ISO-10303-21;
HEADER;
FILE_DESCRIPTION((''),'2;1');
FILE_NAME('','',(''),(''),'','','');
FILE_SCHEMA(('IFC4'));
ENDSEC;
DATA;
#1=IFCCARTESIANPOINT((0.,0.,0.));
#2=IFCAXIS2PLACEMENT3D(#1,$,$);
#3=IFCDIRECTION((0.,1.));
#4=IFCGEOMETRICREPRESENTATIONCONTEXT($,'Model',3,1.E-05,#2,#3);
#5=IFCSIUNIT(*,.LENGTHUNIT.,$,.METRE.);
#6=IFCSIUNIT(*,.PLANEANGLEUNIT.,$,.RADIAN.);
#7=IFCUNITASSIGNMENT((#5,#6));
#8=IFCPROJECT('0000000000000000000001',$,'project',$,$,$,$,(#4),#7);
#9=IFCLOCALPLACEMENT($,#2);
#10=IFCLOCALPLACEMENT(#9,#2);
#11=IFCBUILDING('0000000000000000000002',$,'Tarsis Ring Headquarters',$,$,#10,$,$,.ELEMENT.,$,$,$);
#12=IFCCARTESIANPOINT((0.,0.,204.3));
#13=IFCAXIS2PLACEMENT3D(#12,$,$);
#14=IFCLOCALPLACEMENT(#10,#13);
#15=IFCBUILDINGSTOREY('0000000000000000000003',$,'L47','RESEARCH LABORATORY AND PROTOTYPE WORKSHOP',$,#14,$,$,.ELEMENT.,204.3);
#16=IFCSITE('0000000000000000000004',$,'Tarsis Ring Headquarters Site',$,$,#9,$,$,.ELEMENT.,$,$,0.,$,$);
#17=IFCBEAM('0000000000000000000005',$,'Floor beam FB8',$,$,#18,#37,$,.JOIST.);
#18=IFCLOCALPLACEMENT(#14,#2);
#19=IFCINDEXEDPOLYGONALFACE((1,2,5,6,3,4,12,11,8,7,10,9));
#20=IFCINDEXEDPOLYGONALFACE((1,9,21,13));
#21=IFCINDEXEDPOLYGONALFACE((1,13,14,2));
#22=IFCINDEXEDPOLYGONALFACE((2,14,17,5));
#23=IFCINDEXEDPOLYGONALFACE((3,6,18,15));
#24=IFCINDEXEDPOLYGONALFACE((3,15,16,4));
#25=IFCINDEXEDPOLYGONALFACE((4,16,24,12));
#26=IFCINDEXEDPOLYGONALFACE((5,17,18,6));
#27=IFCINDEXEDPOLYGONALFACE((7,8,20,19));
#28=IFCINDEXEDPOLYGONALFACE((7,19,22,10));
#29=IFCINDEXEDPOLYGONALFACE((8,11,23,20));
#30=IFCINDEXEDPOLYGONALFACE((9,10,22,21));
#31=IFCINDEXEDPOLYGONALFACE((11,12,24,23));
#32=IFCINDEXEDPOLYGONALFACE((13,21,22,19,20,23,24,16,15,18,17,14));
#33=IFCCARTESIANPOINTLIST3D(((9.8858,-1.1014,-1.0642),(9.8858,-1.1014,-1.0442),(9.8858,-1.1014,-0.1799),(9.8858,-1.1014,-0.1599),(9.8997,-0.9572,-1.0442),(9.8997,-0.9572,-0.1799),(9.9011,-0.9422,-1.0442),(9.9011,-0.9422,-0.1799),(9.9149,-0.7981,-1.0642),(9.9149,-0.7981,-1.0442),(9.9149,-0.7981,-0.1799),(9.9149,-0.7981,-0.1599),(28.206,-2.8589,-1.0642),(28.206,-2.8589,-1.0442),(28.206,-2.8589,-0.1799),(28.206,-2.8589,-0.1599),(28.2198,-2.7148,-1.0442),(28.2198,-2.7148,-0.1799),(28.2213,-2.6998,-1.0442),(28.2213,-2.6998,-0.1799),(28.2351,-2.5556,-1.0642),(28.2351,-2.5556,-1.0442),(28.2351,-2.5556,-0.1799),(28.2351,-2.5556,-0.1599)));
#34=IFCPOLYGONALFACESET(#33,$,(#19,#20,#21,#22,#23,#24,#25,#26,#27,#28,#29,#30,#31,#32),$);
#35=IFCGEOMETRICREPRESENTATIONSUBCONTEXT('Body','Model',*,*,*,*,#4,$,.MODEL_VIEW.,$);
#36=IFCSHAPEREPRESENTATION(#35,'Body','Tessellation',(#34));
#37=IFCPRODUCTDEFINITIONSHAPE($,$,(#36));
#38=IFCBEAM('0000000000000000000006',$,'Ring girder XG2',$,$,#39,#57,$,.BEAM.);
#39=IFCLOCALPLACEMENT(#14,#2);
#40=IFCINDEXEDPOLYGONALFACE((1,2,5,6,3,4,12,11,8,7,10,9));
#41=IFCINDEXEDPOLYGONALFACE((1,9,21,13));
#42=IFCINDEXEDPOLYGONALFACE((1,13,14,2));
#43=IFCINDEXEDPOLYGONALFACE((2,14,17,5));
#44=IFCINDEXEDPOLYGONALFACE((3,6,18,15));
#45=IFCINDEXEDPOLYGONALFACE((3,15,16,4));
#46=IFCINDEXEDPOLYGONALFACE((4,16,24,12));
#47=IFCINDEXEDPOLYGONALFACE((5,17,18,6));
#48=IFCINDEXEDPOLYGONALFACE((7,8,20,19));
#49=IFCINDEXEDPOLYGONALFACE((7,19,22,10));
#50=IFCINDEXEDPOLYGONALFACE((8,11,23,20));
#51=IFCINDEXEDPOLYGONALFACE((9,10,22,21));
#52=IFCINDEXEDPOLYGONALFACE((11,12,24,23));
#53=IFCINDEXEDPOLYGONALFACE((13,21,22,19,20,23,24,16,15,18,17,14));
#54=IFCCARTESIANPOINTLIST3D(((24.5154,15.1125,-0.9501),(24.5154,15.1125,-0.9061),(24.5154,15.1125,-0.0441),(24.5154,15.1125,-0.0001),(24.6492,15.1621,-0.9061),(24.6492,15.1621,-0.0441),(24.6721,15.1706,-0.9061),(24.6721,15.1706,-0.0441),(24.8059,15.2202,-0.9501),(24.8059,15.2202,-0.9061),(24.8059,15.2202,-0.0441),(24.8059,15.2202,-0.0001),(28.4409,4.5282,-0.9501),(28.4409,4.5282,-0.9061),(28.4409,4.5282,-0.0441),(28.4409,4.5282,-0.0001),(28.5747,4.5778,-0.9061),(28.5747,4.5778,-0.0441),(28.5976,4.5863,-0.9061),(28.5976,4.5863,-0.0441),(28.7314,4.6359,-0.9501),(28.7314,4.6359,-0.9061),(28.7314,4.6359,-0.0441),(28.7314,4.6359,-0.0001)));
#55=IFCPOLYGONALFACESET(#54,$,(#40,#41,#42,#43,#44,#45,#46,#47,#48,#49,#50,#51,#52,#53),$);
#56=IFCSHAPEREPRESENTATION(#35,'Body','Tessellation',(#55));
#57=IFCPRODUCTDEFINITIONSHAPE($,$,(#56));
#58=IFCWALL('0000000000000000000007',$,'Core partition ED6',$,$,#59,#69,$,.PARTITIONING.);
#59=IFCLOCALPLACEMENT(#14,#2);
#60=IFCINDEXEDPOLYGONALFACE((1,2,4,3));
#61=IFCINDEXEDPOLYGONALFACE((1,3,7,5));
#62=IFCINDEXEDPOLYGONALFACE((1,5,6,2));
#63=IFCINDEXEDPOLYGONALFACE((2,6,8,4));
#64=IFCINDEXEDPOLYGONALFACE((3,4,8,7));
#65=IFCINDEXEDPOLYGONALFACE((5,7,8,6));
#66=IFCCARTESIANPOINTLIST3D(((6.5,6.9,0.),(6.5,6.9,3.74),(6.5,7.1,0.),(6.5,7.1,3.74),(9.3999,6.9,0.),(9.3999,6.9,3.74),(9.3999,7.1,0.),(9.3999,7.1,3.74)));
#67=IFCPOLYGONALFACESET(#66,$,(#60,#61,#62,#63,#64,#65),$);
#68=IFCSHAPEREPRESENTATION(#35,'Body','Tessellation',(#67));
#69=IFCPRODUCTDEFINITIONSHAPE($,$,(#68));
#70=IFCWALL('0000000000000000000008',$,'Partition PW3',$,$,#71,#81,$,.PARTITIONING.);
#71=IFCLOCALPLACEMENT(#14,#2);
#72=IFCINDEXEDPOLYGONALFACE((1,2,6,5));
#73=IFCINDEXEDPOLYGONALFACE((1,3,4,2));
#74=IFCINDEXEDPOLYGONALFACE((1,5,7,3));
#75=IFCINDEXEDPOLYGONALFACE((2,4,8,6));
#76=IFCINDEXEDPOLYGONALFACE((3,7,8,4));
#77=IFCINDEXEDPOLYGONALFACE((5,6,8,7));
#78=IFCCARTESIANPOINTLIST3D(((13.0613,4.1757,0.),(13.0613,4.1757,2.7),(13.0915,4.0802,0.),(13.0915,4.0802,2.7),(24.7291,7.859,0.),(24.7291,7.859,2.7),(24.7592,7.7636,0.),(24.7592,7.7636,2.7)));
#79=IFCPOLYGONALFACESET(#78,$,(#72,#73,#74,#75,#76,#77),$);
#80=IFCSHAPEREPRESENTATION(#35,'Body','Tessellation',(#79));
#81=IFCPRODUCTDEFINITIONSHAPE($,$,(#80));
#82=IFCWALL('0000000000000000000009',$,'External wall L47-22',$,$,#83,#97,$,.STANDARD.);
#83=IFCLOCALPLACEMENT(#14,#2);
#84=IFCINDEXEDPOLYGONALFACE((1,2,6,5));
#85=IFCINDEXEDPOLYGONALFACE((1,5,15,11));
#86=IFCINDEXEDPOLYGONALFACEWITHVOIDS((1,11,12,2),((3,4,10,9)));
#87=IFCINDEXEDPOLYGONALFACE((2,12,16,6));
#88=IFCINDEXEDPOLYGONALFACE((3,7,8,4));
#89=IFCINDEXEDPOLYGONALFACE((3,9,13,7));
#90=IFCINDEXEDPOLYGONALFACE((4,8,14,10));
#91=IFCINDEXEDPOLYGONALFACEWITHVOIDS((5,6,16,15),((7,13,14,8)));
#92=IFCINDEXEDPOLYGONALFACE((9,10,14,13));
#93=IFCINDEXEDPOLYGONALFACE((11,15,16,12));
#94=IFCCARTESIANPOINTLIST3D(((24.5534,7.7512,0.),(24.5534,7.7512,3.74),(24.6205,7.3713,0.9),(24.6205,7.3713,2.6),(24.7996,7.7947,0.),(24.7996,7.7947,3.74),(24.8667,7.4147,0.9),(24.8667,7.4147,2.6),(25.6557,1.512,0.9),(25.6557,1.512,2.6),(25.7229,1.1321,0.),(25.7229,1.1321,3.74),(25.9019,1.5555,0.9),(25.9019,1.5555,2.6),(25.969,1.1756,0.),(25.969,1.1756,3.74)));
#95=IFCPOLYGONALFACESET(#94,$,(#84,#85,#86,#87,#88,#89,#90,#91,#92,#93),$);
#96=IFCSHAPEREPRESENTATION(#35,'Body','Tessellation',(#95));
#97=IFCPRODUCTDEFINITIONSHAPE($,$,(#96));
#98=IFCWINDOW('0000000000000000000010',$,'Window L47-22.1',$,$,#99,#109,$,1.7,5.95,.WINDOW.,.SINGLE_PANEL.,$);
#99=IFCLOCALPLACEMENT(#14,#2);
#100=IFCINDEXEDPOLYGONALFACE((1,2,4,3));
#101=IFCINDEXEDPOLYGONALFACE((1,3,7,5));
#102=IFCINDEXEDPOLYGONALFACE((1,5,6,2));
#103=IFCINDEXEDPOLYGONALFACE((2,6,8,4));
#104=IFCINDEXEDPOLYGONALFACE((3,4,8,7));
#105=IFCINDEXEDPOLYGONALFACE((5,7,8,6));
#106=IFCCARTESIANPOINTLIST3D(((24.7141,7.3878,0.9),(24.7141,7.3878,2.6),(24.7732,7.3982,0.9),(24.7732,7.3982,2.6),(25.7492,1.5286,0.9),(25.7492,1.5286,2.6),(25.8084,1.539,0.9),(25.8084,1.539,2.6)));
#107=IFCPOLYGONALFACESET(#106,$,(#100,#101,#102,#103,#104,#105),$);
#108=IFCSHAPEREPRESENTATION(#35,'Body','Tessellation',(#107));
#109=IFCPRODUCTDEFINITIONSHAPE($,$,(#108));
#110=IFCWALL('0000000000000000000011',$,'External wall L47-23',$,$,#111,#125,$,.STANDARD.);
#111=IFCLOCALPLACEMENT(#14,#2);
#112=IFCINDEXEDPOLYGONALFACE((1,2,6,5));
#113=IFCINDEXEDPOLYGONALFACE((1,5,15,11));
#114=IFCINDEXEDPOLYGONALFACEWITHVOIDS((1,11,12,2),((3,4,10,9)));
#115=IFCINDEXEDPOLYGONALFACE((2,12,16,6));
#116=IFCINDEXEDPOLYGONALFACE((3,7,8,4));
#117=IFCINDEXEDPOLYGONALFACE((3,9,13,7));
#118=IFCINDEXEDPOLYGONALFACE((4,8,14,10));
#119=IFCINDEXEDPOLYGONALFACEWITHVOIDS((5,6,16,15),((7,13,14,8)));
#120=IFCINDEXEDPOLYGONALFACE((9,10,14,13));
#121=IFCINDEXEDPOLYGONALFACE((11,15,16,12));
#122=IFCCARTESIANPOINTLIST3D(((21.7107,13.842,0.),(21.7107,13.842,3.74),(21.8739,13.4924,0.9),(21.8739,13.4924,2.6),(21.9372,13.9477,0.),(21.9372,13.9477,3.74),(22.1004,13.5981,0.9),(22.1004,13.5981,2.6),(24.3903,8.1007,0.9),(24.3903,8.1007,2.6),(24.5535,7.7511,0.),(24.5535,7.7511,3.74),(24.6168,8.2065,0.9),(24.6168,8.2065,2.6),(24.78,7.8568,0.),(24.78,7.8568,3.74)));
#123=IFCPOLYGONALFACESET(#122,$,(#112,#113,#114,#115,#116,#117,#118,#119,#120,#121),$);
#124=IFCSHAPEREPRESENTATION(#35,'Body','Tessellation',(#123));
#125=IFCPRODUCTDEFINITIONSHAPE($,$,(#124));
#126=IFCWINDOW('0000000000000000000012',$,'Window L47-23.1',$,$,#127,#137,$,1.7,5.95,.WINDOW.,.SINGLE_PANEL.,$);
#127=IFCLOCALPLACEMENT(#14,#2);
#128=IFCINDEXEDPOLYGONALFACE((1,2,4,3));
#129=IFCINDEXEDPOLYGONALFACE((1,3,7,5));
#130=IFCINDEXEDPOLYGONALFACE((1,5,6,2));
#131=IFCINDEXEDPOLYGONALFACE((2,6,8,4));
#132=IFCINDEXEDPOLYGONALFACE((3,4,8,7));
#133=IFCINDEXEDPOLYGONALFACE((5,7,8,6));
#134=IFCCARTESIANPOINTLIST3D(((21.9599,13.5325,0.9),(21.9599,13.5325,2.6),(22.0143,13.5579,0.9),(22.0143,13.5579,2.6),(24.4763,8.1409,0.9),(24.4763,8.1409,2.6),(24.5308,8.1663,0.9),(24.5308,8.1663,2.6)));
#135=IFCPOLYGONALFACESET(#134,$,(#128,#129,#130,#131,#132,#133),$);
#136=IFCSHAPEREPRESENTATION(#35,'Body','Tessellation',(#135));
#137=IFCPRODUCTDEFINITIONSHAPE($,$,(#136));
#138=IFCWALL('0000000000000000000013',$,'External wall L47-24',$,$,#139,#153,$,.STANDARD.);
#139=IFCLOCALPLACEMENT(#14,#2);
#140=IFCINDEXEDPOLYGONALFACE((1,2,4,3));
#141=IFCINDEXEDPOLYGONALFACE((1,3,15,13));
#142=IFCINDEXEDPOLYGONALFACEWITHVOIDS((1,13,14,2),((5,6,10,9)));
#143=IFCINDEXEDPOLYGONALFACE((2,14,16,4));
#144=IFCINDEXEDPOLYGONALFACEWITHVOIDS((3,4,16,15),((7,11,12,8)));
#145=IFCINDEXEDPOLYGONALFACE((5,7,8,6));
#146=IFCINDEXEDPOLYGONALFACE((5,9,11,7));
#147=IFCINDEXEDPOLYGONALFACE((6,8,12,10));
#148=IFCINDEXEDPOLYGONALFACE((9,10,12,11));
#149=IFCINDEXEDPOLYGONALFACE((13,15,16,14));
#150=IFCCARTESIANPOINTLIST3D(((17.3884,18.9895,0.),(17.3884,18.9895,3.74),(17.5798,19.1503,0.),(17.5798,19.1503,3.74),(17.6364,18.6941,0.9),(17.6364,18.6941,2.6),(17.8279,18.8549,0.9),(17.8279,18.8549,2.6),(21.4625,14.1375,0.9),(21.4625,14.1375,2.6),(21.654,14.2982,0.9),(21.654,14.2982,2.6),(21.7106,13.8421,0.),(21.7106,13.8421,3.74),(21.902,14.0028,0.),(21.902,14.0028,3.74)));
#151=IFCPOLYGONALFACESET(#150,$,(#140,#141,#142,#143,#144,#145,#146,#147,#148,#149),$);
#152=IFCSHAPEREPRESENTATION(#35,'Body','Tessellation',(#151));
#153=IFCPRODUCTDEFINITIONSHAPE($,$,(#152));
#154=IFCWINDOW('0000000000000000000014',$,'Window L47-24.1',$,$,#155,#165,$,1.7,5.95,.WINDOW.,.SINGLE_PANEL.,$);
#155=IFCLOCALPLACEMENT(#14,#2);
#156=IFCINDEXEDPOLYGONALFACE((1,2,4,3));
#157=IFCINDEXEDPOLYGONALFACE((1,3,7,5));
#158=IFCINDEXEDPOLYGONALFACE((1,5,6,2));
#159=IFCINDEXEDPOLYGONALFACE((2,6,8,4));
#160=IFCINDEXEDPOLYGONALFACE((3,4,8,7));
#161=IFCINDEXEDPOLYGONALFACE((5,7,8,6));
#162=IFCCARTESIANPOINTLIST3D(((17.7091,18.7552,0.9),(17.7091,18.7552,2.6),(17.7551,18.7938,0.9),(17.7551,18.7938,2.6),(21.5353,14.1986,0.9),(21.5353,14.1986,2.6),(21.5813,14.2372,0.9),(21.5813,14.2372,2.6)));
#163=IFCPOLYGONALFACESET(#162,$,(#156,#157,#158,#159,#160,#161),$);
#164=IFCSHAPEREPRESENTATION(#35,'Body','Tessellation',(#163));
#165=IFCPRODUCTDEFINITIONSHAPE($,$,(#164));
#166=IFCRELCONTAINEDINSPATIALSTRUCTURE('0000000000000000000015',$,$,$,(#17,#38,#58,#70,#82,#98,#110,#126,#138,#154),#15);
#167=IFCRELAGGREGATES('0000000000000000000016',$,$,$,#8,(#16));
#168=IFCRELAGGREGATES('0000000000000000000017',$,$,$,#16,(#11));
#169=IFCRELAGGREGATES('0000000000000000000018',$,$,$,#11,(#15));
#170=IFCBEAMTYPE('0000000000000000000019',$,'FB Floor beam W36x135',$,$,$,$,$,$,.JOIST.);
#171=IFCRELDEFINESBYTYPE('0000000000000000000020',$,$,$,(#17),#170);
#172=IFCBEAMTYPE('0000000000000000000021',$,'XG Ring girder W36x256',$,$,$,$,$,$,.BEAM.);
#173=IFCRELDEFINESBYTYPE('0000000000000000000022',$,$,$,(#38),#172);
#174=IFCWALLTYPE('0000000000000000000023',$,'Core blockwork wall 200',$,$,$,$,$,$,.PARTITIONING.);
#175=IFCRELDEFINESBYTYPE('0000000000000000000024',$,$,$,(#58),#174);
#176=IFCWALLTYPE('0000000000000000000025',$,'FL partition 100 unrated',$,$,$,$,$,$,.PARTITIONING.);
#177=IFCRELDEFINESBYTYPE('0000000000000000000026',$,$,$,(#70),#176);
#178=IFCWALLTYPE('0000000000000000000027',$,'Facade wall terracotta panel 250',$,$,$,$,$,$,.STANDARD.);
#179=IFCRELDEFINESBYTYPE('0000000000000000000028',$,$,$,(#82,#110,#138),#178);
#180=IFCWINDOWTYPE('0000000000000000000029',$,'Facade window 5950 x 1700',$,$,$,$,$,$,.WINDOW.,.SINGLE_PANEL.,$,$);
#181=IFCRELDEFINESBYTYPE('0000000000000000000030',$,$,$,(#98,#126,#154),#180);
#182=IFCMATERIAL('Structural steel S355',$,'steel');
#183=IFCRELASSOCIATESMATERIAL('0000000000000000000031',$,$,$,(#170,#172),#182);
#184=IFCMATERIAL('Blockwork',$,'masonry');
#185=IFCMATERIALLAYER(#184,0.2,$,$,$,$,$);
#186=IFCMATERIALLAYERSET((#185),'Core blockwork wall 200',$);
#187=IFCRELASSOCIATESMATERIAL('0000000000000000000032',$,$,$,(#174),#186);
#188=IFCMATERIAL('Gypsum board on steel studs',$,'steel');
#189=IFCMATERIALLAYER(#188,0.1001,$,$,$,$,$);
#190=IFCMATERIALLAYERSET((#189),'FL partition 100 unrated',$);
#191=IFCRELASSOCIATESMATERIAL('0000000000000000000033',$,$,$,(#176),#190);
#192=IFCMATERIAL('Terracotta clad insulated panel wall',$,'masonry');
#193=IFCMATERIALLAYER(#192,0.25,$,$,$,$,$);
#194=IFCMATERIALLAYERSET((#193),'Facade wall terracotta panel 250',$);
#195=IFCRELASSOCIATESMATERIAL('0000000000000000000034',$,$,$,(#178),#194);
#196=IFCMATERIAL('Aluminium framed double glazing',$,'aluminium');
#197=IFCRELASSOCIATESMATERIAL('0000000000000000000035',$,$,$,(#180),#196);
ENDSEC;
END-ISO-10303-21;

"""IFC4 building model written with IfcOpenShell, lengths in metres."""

from ifc_helpers import new_model, si_unit, direction, frame, frame_2d, origin, origin_2d, place, context, subcontext, project, spatial, rectangle, i_section, extrude, material, layer, layer_set, material_profile, profile_set, type_object, element, fill, save


model = new_model("IFC4")

# Units and contexts
model_context = context("Model", 3, precision=1e-05, world=origin(), true_north=direction((0.0, 1.0)))
body_context = subcontext(model_context, "Body", "Model", "MODEL_VIEW")
ifc_project = project(units=[si_unit("LENGTHUNIT", "METRE"), si_unit("PLANEANGLEUNIT", "RADIAN")], contexts=[model_context])

# Site, building, storey
site_placement = place(None, origin())
site = spatial("IfcSite", under=ifc_project, at=site_placement, Name="Tarsis Ring Headquarters Site", CompositionType="ELEMENT", RefElevation=0.0)
building_placement = place(site_placement, origin())
building = spatial("IfcBuilding", under=site, at=building_placement, Name="Tarsis Ring Headquarters", CompositionType="ELEMENT")
storey_placement = place(building_placement, frame((0.0, 0.0, 204.3)))
storey = spatial("IfcBuildingStorey", under=building, at=storey_placement, Name="L47", Description="RESEARCH LABORATORY AND PROTOTYPE WORKSHOP", CompositionType="ELEMENT", Elevation=204.3)

# Shared definitions
ifc_material_1 = material(Name="Structural steel S355", Category="steel")

# Beams
ifc_material_profile_1 = material_profile(ifc_material_1, i_section(OverallWidth=0.3047, OverallDepth=0.9043, WebThickness=0.0151, FlangeThickness=0.02, at=origin_2d()), Name="W36x135")
ifc_profile_set_1 = profile_set([ifc_material_profile_1], Name="Structural steel S355")
beam_type_1 = type_object("IfcBeamType", Name="FB Floor beam W36x135", PredefinedType="JOIST", material=ifc_profile_set_1)
beam_1_placement = place(storey_placement, frame((9.9004, -0.9497, -0.6121), z_axis=(0.99543, -0.095498, 0.0), x_axis=(0.095498, 0.99543, 0.0)))
element("IfcBeam", 1, at=beam_1_placement, inside=storey, type_object=beam_type_1, Name="Floor beam FB8", PredefinedType="JOIST", context=body_context, shape_type="SweptSolid", body=[
    extrude(i_section(OverallWidth=0.3047, OverallDepth=0.9043, WebThickness=0.0151, FlangeThickness=0.02, at=origin_2d()), origin(), (0.0, 0.0, 1.0), 18.4043),
])
ifc_material_profile_2 = material_profile(ifc_material_1, i_section(OverallWidth=0.3098, OverallDepth=0.95, WebThickness=0.0244, FlangeThickness=0.0439, at=origin_2d()), Name="W36x256")
ifc_profile_set_2 = profile_set([ifc_material_profile_2], Name="Structural steel S355")
beam_type_2 = type_object("IfcBeamType", Name="XG Ring girder W36x256", PredefinedType="BEAM", material=ifc_profile_set_2)
beam_2_placement = place(storey_placement, frame((28.5862, 4.582, -0.4751), z_axis=(-0.347739, 0.937591, 0.0), x_axis=(-0.937591, -0.347739, 0.0)))
element("IfcBeam", 2, at=beam_2_placement, inside=storey, type_object=beam_type_2, Name="Ring girder XG2", PredefinedType="BEAM", context=body_context, shape_type="SweptSolid", body=[
    extrude(i_section(OverallWidth=0.3098, OverallDepth=0.95, WebThickness=0.0244, FlangeThickness=0.0439, at=origin_2d()), origin(), (0.0, 0.0, 1.0), 11.2888),
])

# Walls
ifc_material_2 = material(Name="Blockwork", Category="masonry")
ifc_layer_1 = layer(ifc_material_2, 0.2)
ifc_layer_set_1 = layer_set([ifc_layer_1], Name="Core blockwork wall 200")
wall_type_1 = type_object("IfcWallType", Name="Core blockwork wall 200", PredefinedType="PARTITIONING", material=ifc_layer_set_1)
wall_1_placement = place(storey_placement, frame((6.5, 7.0, 0.0), z_axis=(0.0, 0.0, 1.0), x_axis=(1.0, 0.0, 0.0)))
element("IfcWall", 3, at=wall_1_placement, inside=storey, type_object=wall_type_1, Name="Core partition ED6", PredefinedType="PARTITIONING", context=body_context, shape_type="SweptSolid", body=[
    extrude(rectangle(XDim=2.8999, YDim=0.2, at=frame_2d((1.45, 0.0))), origin(), (0.0, 0.0, 1.0), 3.74),
])
ifc_material_3 = material(Name="Gypsum board on steel studs", Category="steel")
ifc_layer_2 = layer(ifc_material_3, 0.1001)
ifc_layer_set_2 = layer_set([ifc_layer_2], Name="FL partition 100 unrated")
wall_type_2 = type_object("IfcWallType", Name="FL partition 100 unrated", PredefinedType="PARTITIONING", material=ifc_layer_set_2)
wall_2_placement = place(storey_placement, frame((13.0764, 4.1279, 0.0), z_axis=(0.0, 0.0, 1.0), x_axis=(0.953611, 0.301043, 0.0)))
element("IfcWall", 4, at=wall_2_placement, inside=storey, type_object=wall_type_2, Name="Partition PW3", PredefinedType="PARTITIONING", context=body_context, shape_type="SweptSolid", body=[
    extrude(rectangle(XDim=12.2354, YDim=0.1001, at=frame_2d((6.1177, 0.0))), origin(), (0.0, 0.0, 1.0), 2.7),
])

# Walls, openings, windows
ifc_material_4 = material(Name="Terracotta clad insulated panel wall", Category="masonry")
ifc_layer_3 = layer(ifc_material_4, 0.25)
ifc_layer_set_3 = layer_set([ifc_layer_3], Name="Facade wall terracotta panel 250")
wall_type_3 = type_object("IfcWallType", Name="Facade wall terracotta panel 250", PredefinedType="STANDARD", material=ifc_layer_set_3)
wall_3_placement = place(storey_placement, frame((25.8459, 1.1538, 0.0), z_axis=(0.0, 0.0, 1.0), x_axis=(-0.17398, 0.984749, 0.0)))
wall_3 = element("IfcWall", 5, at=wall_3_placement, inside=storey, type_object=wall_type_3, Name="External wall L47-22", PredefinedType="STANDARD", context=body_context, shape_type="SweptSolid", body=[
    extrude(rectangle(XDim=6.7217, YDim=0.25, at=frame_2d((3.3608, 0.0))), origin(), (0.0, 0.0, 1.0), 3.74),
])
opening_1_placement = place(wall_3_placement, frame((0.3857, 0.0, 0.8999)))
opening_1 = element("IfcOpeningElement", 6, at=opening_1_placement, cuts=wall_3, PredefinedType="OPENING", context=body_context, shape_type="SweptSolid", body=[
    extrude(rectangle(XDim=5.95, YDim=1.7, at=frame_2d((2.9751, 0.8501))), frame((0.0, 0.135, 0.0), z_axis=(0.0, -1.0, 0.0), x_axis=(1.0, 0.0, 0.0)), (0.0, 0.0, 1.0), 0.27),
])
ifc_material_5 = material(Name="Aluminium framed double glazing", Category="aluminium")
window_type = type_object("IfcWindowType", Name="Facade window 5950 x 1700", PartitioningType="SINGLE_PANEL", PredefinedType="WINDOW", material=ifc_material_5)
window_1_placement = place(opening_1_placement, origin())
window_1 = element("IfcWindow", 7, at=window_1_placement, inside=storey, type_object=window_type, Name="Window L47-22.1", OverallHeight=1.7, OverallWidth=5.95, PartitioningType="SINGLE_PANEL", PredefinedType="WINDOW", context=body_context, shape_type="SweptSolid", body=[
    extrude(rectangle(XDim=5.95, YDim=1.7, at=frame_2d((2.9751, 0.8501))), frame((0.0, 0.03, 0.0), z_axis=(0.0, -1.0, 0.0), x_axis=(1.0, 0.0, 0.0)), (0.0, 0.0, 1.0), 0.0601),
])
fill(opening_1, window_1)
wall_4_placement = place(storey_placement, frame((24.6667, 7.804, 0.0), z_axis=(0.0, 0.0, 1.0), x_axis=(-0.422933, 0.906161, 0.0)))
wall_4 = element("IfcWall", 8, at=wall_4_placement, inside=storey, type_object=wall_type_3, Name="External wall L47-23", PredefinedType="STANDARD", context=body_context, shape_type="SweptSolid", body=[
    extrude(rectangle(XDim=6.7217, YDim=0.25, at=frame_2d((3.3608, 0.0))), origin(), (0.0, 0.0, 1.0), 3.74),
])
opening_2_placement = place(wall_4_placement, frame((0.3857, 0.0, 0.8999)))
opening_2 = element("IfcOpeningElement", 9, at=opening_2_placement, cuts=wall_4, PredefinedType="OPENING", context=body_context, shape_type="SweptSolid", body=[
    extrude(rectangle(XDim=5.95, YDim=1.7, at=frame_2d((2.9751, 0.8501))), frame((0.0, 0.135, 0.0), z_axis=(0.0, -1.0, 0.0), x_axis=(1.0, 0.0, 0.0)), (0.0, 0.0, 1.0), 0.27),
])
window_2_placement = place(opening_2_placement, origin())
window_2 = element("IfcWindow", 10, at=window_2_placement, inside=storey, type_object=window_type, Name="Window L47-23.1", OverallHeight=1.7, OverallWidth=5.95, PartitioningType="SINGLE_PANEL", PredefinedType="WINDOW", context=body_context, shape_type="SweptSolid", body=[
    extrude(rectangle(XDim=5.95, YDim=1.7, at=frame_2d((2.9751, 0.8501))), frame((0.0, 0.03, 0.0), z_axis=(0.0, -1.0, 0.0), x_axis=(1.0, 0.0, 0.0)), (0.0, 0.0, 1.0), 0.0601),
])
fill(opening_2, window_2)
wall_5_placement = place(storey_placement, frame((21.8064, 13.9224, 0.0), z_axis=(0.0, 0.0, 1.0), x_axis=(-0.643052, 0.765822, 0.0)))
wall_5 = element("IfcWall", 11, at=wall_5_placement, inside=storey, type_object=wall_type_3, Name="External wall L47-24", PredefinedType="STANDARD", context=body_context, shape_type="SweptSolid", body=[
    extrude(rectangle(XDim=6.7214, YDim=0.25, at=frame_2d((3.3608, 0.0))), origin(), (0.0, 0.0, 1.0), 3.74),
])
opening_3_placement = place(wall_5_placement, frame((0.3857, 0.0, 0.8999)))
opening_3 = element("IfcOpeningElement", 12, at=opening_3_placement, cuts=wall_5, PredefinedType="OPENING", context=body_context, shape_type="SweptSolid", body=[
    extrude(rectangle(XDim=5.95, YDim=1.7, at=frame_2d((2.9751, 0.8501))), frame((0.0, 0.135, 0.0), z_axis=(0.0, -1.0, 0.0), x_axis=(1.0, 0.0, 0.0)), (0.0, 0.0, 1.0), 0.27),
])
window_3_placement = place(opening_3_placement, origin())
window_3 = element("IfcWindow", 13, at=window_3_placement, inside=storey, type_object=window_type, Name="Window L47-24.1", OverallHeight=1.7, OverallWidth=5.95, PartitioningType="SINGLE_PANEL", PredefinedType="WINDOW", context=body_context, shape_type="SweptSolid", body=[
    extrude(rectangle(XDim=5.95, YDim=1.7, at=frame_2d((2.9751, 0.8501))), frame((0.0, 0.03, 0.0), z_axis=(0.0, -1.0, 0.0), x_axis=(1.0, 0.0, 0.0)), (0.0, 0.0, 1.0), 0.0601),
])
fill(opening_3, window_3)

save(model, "model.ifc")
